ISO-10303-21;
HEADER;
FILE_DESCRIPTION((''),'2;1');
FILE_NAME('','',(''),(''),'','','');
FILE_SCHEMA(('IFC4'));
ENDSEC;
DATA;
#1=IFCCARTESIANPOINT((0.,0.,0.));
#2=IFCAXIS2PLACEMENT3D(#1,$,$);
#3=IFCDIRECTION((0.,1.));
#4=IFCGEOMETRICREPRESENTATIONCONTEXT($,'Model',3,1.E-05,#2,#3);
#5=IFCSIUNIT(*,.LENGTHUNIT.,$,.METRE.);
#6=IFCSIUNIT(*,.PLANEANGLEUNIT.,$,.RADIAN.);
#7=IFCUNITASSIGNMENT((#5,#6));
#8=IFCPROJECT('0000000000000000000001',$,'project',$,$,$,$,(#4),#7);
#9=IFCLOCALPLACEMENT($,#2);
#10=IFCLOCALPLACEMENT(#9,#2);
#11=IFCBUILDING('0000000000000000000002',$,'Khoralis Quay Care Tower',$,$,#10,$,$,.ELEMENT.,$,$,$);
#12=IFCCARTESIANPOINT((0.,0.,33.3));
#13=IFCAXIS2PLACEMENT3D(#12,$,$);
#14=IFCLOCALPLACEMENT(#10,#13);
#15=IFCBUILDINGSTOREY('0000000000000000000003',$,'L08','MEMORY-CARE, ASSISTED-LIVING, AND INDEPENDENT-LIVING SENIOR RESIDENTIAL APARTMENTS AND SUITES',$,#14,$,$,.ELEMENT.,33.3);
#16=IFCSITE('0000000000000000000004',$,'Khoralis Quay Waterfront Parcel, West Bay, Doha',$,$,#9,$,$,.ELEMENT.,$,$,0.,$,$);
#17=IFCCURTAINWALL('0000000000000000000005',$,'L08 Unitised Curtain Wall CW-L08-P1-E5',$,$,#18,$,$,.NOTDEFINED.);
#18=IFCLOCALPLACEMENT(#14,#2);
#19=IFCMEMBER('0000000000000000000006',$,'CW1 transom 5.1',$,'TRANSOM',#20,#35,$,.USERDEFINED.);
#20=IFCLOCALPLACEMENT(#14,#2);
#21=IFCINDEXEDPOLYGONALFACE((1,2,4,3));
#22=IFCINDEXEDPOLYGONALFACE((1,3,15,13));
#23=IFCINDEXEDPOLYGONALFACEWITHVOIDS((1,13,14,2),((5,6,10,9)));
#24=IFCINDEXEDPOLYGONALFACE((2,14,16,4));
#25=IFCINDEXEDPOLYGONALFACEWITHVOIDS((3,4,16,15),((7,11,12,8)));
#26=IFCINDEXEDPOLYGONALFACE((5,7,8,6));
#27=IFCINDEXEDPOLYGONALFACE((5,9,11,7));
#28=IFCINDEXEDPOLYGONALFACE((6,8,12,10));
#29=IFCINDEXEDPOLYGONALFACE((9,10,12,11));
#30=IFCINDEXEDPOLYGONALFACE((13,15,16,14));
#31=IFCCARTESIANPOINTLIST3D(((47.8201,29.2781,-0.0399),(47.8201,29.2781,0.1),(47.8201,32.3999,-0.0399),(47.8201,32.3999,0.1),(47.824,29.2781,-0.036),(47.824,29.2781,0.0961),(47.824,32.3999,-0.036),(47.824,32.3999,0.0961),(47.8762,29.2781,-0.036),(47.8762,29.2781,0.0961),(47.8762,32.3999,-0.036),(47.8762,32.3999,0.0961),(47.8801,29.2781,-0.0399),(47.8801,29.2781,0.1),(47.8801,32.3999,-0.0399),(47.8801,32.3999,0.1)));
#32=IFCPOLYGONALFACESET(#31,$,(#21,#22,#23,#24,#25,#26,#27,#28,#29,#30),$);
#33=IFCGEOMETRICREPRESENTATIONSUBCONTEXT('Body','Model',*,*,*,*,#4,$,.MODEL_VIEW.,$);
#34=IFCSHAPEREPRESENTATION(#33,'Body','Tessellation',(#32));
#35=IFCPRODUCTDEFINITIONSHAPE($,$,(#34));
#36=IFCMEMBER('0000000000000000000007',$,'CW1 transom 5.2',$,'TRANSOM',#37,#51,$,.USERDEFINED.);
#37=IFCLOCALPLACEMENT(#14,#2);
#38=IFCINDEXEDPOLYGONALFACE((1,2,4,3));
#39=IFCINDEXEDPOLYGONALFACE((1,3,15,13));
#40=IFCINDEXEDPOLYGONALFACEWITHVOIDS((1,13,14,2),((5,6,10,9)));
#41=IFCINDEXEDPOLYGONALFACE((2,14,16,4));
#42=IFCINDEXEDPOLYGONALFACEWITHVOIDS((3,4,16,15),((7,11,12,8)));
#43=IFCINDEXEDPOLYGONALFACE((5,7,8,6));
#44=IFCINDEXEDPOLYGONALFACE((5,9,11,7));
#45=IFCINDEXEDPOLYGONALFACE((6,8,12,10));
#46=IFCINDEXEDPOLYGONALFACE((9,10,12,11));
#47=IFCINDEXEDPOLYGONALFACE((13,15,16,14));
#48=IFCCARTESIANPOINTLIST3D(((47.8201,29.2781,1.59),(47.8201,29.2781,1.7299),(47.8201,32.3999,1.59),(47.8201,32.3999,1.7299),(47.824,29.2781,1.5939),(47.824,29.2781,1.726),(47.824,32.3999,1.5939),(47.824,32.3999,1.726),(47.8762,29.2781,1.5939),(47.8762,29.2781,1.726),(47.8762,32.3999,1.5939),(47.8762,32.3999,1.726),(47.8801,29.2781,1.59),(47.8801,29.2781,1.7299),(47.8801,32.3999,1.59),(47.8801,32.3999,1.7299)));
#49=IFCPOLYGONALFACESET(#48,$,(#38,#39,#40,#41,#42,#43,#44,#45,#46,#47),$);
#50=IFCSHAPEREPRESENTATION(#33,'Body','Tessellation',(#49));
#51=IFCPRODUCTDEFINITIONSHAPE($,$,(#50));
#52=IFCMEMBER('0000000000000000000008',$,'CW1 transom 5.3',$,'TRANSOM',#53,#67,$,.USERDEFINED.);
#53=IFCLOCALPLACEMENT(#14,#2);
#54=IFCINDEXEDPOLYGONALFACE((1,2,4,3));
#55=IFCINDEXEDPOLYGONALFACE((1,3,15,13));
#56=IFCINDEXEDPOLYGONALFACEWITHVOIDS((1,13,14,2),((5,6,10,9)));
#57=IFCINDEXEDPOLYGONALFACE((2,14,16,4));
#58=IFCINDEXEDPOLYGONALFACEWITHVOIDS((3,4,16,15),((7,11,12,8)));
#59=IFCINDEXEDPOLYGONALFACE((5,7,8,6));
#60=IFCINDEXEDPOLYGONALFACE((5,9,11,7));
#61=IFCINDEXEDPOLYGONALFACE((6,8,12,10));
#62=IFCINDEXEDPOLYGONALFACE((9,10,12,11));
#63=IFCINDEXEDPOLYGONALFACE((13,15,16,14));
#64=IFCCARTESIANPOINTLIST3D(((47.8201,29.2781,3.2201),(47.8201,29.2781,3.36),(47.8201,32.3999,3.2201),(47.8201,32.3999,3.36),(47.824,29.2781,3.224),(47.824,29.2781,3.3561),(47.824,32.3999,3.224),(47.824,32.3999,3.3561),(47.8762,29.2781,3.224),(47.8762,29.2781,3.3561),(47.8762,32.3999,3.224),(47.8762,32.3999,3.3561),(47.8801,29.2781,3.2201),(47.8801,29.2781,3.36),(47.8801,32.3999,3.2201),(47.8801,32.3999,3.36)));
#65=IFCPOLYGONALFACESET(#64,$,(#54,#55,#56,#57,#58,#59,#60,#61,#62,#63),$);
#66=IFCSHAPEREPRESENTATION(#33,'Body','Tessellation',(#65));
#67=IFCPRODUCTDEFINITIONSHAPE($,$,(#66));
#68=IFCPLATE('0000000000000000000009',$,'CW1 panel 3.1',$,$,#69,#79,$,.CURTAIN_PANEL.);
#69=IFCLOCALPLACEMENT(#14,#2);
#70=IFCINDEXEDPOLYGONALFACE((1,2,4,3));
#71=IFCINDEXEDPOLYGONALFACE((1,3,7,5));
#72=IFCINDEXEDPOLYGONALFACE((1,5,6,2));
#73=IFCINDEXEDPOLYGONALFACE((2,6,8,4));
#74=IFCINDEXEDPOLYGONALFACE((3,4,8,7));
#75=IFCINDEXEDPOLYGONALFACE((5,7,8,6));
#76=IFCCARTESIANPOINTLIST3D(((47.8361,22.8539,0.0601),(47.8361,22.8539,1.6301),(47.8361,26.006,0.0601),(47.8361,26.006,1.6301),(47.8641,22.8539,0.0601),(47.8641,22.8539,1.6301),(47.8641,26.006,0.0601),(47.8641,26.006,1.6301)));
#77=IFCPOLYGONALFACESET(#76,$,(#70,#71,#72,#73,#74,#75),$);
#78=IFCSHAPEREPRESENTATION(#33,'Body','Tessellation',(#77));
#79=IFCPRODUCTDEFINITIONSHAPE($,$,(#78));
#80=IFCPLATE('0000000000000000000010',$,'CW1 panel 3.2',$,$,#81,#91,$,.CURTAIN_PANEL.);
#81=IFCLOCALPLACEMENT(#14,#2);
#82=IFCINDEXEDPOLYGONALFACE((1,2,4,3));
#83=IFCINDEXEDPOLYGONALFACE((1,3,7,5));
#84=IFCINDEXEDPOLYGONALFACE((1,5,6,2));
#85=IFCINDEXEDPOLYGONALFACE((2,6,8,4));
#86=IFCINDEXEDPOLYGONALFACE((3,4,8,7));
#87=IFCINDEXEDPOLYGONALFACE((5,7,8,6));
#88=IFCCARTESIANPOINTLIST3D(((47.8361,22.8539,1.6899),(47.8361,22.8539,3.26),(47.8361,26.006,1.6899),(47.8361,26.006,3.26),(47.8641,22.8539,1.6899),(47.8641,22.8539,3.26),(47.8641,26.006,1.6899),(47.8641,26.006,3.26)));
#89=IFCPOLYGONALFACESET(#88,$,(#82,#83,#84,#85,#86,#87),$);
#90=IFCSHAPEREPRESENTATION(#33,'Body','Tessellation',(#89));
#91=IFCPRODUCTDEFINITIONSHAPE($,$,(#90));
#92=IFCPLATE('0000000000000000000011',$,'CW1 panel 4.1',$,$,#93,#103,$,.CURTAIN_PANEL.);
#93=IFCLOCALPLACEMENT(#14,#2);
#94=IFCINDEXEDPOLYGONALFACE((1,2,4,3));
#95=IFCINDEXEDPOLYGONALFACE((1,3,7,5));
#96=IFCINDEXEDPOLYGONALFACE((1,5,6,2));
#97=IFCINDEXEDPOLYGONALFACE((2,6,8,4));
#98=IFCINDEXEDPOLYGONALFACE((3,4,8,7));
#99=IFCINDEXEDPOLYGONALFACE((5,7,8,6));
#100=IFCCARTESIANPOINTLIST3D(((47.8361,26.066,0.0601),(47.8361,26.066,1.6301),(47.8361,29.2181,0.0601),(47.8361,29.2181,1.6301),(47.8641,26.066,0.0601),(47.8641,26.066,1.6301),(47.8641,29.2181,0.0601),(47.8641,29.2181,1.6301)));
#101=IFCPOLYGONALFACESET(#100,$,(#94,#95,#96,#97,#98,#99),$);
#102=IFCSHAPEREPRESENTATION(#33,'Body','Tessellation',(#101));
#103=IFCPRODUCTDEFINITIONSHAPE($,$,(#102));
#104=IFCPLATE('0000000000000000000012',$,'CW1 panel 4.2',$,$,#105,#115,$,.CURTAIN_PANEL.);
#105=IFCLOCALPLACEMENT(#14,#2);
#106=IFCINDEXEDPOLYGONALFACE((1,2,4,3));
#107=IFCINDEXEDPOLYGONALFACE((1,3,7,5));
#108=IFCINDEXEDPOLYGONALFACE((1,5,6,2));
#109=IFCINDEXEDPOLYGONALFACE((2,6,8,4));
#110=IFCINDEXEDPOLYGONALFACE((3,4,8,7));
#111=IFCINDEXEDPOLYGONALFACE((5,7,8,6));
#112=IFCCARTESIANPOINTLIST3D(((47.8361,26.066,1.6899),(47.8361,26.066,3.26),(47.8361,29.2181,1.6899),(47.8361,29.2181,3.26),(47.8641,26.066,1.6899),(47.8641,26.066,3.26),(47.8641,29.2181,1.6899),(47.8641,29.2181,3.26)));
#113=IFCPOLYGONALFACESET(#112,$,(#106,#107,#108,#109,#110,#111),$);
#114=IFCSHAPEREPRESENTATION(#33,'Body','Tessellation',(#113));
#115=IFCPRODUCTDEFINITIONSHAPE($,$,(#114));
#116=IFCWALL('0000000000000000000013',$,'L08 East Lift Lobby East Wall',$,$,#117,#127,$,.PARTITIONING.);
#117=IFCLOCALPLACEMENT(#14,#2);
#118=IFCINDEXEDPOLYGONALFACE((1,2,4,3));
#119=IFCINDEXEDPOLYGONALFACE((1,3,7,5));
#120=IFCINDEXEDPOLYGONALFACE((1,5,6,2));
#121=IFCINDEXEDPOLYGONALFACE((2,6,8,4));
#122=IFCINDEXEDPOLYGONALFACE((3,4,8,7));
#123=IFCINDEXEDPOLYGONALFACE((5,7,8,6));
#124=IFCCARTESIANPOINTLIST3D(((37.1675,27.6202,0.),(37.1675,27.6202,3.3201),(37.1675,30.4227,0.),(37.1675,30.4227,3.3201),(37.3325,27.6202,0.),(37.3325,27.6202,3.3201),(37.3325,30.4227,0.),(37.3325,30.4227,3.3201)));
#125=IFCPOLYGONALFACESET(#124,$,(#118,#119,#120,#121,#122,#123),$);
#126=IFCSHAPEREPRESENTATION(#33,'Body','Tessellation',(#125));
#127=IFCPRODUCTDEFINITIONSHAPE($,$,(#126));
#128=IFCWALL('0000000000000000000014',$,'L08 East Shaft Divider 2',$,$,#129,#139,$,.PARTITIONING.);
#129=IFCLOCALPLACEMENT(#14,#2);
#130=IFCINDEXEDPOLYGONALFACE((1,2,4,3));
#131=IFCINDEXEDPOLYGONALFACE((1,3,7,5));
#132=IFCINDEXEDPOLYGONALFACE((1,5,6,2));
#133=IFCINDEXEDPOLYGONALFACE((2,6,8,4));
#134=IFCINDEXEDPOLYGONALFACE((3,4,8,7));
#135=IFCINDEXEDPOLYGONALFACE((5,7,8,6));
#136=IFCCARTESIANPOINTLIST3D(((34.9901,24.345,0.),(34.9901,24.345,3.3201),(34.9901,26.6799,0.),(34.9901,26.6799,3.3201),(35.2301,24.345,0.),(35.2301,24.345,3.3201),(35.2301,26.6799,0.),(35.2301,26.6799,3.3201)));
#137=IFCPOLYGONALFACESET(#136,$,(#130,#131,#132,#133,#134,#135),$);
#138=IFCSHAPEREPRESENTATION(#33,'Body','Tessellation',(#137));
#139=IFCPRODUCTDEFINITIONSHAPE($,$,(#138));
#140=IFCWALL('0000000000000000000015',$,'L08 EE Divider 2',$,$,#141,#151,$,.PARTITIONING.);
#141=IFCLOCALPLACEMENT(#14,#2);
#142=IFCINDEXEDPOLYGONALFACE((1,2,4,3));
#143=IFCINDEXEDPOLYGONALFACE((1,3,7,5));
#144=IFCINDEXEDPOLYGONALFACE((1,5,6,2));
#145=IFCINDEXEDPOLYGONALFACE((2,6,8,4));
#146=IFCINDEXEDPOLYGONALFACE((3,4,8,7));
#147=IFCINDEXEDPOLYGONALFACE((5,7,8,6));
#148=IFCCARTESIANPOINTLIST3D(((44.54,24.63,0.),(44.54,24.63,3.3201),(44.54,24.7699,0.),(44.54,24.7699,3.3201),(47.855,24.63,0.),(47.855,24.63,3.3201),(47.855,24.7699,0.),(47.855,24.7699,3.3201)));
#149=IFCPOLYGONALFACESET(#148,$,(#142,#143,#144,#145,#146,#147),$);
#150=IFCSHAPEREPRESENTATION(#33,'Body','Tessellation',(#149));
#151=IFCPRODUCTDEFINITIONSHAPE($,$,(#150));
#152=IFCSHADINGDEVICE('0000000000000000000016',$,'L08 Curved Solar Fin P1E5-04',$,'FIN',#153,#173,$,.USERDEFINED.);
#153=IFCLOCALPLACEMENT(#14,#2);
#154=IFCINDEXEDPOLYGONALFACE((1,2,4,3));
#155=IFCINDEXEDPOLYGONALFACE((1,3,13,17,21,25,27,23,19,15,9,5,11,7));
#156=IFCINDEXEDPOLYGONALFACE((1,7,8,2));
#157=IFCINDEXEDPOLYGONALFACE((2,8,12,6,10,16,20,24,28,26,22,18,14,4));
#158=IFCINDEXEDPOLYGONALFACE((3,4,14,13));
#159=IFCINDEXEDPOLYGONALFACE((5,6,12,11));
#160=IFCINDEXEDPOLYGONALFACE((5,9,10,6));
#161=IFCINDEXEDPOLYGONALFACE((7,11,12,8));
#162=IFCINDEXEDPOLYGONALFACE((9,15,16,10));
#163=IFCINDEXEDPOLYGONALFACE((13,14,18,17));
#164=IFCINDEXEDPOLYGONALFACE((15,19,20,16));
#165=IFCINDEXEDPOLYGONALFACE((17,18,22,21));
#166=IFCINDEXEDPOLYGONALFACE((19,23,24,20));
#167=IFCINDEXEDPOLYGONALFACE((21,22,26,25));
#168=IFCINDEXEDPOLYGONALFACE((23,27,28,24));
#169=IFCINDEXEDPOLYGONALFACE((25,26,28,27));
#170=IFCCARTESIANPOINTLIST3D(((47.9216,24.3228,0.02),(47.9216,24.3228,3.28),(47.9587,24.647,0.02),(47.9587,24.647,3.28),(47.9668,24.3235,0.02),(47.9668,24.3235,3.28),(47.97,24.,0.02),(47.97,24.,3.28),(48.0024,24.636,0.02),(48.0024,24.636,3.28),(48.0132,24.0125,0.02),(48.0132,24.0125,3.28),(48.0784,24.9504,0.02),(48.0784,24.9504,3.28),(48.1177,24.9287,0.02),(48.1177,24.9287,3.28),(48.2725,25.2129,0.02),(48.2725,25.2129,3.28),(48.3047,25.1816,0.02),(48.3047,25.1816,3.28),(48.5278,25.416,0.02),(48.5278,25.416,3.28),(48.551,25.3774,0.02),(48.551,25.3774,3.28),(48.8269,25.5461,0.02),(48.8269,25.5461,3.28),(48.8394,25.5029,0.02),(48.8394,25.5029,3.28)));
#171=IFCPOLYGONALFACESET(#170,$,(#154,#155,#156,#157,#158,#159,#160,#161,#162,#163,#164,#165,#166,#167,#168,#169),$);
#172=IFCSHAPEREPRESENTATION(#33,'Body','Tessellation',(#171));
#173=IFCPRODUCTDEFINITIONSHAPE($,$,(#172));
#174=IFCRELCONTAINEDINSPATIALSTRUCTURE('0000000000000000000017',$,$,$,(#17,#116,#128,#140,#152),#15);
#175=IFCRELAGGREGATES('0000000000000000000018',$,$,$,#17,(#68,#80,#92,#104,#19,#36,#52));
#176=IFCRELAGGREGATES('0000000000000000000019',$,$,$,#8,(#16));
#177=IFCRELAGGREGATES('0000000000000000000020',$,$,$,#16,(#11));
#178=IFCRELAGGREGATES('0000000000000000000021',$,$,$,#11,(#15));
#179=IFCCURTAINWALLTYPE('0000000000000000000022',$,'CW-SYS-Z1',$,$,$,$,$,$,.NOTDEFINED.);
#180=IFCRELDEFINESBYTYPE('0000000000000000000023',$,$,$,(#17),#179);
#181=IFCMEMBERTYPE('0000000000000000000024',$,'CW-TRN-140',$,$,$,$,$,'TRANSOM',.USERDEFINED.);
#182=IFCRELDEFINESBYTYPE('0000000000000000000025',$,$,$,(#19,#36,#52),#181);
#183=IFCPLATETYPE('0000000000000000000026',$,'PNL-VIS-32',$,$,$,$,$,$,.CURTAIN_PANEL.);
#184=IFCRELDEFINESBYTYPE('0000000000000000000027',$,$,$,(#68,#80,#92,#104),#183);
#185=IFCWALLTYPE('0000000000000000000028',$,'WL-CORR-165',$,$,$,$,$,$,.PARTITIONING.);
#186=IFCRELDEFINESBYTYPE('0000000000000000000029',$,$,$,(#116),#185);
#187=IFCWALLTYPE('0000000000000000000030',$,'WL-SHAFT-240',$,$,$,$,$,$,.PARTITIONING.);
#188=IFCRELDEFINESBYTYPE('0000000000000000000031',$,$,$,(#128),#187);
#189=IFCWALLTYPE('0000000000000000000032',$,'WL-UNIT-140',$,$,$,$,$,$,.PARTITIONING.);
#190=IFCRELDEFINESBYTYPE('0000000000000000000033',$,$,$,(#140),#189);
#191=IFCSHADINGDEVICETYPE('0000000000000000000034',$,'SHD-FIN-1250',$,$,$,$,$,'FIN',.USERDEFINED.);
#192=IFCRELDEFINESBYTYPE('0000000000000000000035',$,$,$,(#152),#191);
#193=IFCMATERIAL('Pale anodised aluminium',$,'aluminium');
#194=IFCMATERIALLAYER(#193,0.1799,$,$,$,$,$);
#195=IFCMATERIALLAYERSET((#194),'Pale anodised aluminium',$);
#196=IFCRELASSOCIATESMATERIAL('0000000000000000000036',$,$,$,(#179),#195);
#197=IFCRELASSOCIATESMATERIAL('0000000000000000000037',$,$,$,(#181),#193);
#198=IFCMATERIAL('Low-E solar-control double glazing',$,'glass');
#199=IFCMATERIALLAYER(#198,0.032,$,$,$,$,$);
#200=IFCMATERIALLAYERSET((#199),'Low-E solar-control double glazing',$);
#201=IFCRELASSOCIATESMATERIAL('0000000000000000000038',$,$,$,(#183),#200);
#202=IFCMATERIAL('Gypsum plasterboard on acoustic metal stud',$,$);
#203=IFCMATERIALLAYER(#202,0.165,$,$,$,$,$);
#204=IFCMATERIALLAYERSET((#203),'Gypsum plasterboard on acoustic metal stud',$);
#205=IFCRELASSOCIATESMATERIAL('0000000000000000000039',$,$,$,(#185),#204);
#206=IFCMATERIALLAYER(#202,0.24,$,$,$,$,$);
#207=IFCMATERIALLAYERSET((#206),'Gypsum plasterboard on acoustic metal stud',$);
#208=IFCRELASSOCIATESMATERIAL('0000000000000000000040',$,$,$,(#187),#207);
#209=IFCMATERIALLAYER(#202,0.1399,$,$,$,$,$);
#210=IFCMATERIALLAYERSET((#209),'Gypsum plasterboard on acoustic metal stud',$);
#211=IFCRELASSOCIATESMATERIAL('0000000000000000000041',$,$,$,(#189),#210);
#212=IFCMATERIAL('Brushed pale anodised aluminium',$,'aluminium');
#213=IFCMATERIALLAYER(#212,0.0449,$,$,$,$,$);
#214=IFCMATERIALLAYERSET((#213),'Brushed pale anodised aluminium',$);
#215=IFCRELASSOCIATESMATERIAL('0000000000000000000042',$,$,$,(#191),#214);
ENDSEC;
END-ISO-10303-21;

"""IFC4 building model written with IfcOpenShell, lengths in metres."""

from ifc_helpers import new_model, si_unit, direction, frame, frame_2d, origin, origin_2d, place, context, subcontext, project, spatial, polyline, rectangle, hollow_rectangle, outline, extrude, source, transform, mapped, material, layer, layer_set, material_profile, profile_set, type_object, element, aggregate, save


model = new_model("IFC4")

# Units and contexts
model_context = context("Model", 3, precision=1e-05, world=origin(), true_north=direction((0.0, 1.0)))
body_context = subcontext(model_context, "Body", "Model", "MODEL_VIEW")
ifc_project = project(units=[si_unit("LENGTHUNIT", "METRE"), si_unit("PLANEANGLEUNIT", "RADIAN")], contexts=[model_context])

# Site, building, storey
site_placement = place(None, origin())
site = spatial("IfcSite", under=ifc_project, at=site_placement, Name="Khoralis Quay Waterfront Parcel, West Bay, Doha", CompositionType="ELEMENT", RefElevation=0.0)
building_placement = place(site_placement, origin())
building = spatial("IfcBuilding", under=site, at=building_placement, Name="Khoralis Quay Care Tower", CompositionType="ELEMENT")
storey_placement = place(building_placement, frame((0.0, 0.0, 33.3)))
storey = spatial("IfcBuildingStorey", under=building, at=storey_placement, Name="L08", Description="MEMORY-CARE, ASSISTED-LIVING, AND INDEPENDENT-LIVING SENIOR RESIDENTIAL APARTMENTS AND SUITES", CompositionType="ELEMENT", Elevation=33.3)

# Curtain wall, members, plates
ifc_material_1 = material(Name="Pale anodised aluminium", Category="aluminium")
ifc_layer_1 = layer(ifc_material_1, 0.1799)
ifc_layer_set_1 = layer_set([ifc_layer_1], Name="Pale anodised aluminium")
curtain_wall_type = type_object("IfcCurtainWallType", Name="CW-SYS-Z1", PredefinedType="NOTDEFINED", material=ifc_layer_set_1)
curtain_wall_placement = place(storey_placement, origin())
curtain_wall = element("IfcCurtainWall", 1, at=curtain_wall_placement, inside=storey, type_object=curtain_wall_type, Name="L08 Unitised Curtain Wall CW-L08-P1-E5", PredefinedType="NOTDEFINED")
ifc_material_profile_1 = material_profile(ifc_material_1, hollow_rectangle(XDim=0.0601, YDim=0.1399, WallThickness=0.0039, at=origin_2d()), Name="Pale anodised aluminium")
ifc_profile_set_1 = profile_set([ifc_material_profile_1], Name="Pale anodised aluminium")
member_type_1 = type_object("IfcMemberType", Name="CW-TRN-140", ElementType="TRANSOM", PredefinedType="USERDEFINED", material=ifc_profile_set_1)
shared_shape_1 = source(origin(), body_context, "Body", "SweptSolid", [
    extrude(hollow_rectangle(XDim=0.0601, YDim=0.1399, WallThickness=0.0039, at=origin_2d()), origin(), (0.0, 0.0, 1.0), 3.1218),
])
member_1_placement = place(storey_placement, frame((47.8501, 29.2781, 0.03), z_axis=(0.0, 1.0, 0.0), x_axis=(-1.0, 0.0, 0.0)))
member_1 = element("IfcMember", 2, at=member_1_placement, type_object=member_type_1, Name="CW1 transom 5.1", ObjectType="TRANSOM", PredefinedType="USERDEFINED", context=body_context, shape_type="MappedRepresentation", body=[
    mapped(shared_shape_1, transform((0.0, 0.0, 0.0), scale=1.0)),
])
member_2_placement = place(storey_placement, frame((47.8501, 29.2781, 1.6599), z_axis=(0.0, 1.0, 0.0), x_axis=(-1.0, 0.0, 0.0)))
member_2 = element("IfcMember", 3, at=member_2_placement, type_object=member_type_1, Name="CW1 transom 5.2", ObjectType="TRANSOM", PredefinedType="USERDEFINED", context=body_context, shape_type="MappedRepresentation", body=[
    mapped(shared_shape_1, transform((0.0, 0.0, 0.0), scale=1.0)),
])
member_3_placement = place(storey_placement, frame((47.8501, 29.2781, 3.29), z_axis=(0.0, 1.0, 0.0), x_axis=(-1.0, 0.0, 0.0)))
member_3 = element("IfcMember", 4, at=member_3_placement, type_object=member_type_1, Name="CW1 transom 5.3", ObjectType="TRANSOM", PredefinedType="USERDEFINED", context=body_context, shape_type="MappedRepresentation", body=[
    mapped(shared_shape_1, transform((0.0, 0.0, 0.0), scale=1.0)),
])
ifc_material_2 = material(Name="Low-E solar-control double glazing", Category="glass")
ifc_layer_2 = layer(ifc_material_2, 0.032)
ifc_layer_set_2 = layer_set([ifc_layer_2], Name="Low-E solar-control double glazing")
plate_type = type_object("IfcPlateType", Name="PNL-VIS-32", PredefinedType="CURTAIN_PANEL", material=ifc_layer_set_2)
shared_shape_2 = source(origin(), body_context, "Body", "SweptSolid", [
    extrude(rectangle(XDim=3.1521, YDim=0.0281, at=origin_2d()), origin(), (0.0, 0.0, 1.0), 1.5701),
])
plate_1_placement = place(storey_placement, frame((47.8501, 24.4299, 0.0601), z_axis=(0.0, 0.0, 1.0), x_axis=(0.0, 1.0, 0.0)))
plate_1 = element("IfcPlate", 5, at=plate_1_placement, type_object=plate_type, Name="CW1 panel 3.1", PredefinedType="CURTAIN_PANEL", context=body_context, shape_type="MappedRepresentation", body=[
    mapped(shared_shape_2, transform((0.0, 0.0, 0.0), scale=1.0)),
])
plate_2_placement = place(storey_placement, frame((47.8501, 24.4299, 1.6899), z_axis=(0.0, 0.0, 1.0), x_axis=(0.0, 1.0, 0.0)))
plate_2 = element("IfcPlate", 6, at=plate_2_placement, type_object=plate_type, Name="CW1 panel 3.2", PredefinedType="CURTAIN_PANEL", context=body_context, shape_type="MappedRepresentation", body=[
    mapped(shared_shape_2, transform((0.0, 0.0, 0.0), scale=1.0)),
])
plate_3_placement = place(storey_placement, frame((47.8501, 27.6421, 0.0601), z_axis=(0.0, 0.0, 1.0), x_axis=(0.0, 1.0, 0.0)))
plate_3 = element("IfcPlate", 7, at=plate_3_placement, type_object=plate_type, Name="CW1 panel 4.1", PredefinedType="CURTAIN_PANEL", context=body_context, shape_type="MappedRepresentation", body=[
    mapped(shared_shape_2, transform((0.0, 0.0, 0.0), scale=1.0)),
])
plate_4_placement = place(storey_placement, frame((47.8501, 27.6421, 1.6899), z_axis=(0.0, 0.0, 1.0), x_axis=(0.0, 1.0, 0.0)))
plate_4 = element("IfcPlate", 8, at=plate_4_placement, type_object=plate_type, Name="CW1 panel 4.2", PredefinedType="CURTAIN_PANEL", context=body_context, shape_type="MappedRepresentation", body=[
    mapped(shared_shape_2, transform((0.0, 0.0, 0.0), scale=1.0)),
])
aggregate(curtain_wall, [plate_1, plate_2, plate_3, plate_4, member_1, member_2, member_3])

# Walls
ifc_material_3 = material(Name="Gypsum plasterboard on acoustic metal stud")
ifc_layer_3 = layer(ifc_material_3, 0.165)
ifc_layer_set_3 = layer_set([ifc_layer_3], Name="Gypsum plasterboard on acoustic metal stud")
wall_type_1 = type_object("IfcWallType", Name="WL-CORR-165", PredefinedType="PARTITIONING", material=ifc_layer_set_3)
wall_1_placement = place(storey_placement, frame((37.25, 27.6201, 0.0), z_axis=(0.0, 0.0, 1.0), x_axis=(0.0, 1.0, 0.0)))
element("IfcWall", 9, at=wall_1_placement, inside=storey, type_object=wall_type_1, Name="L08 East Lift Lobby East Wall", PredefinedType="PARTITIONING", context=body_context, shape_type="SweptSolid", body=[
    extrude(rectangle(XDim=2.8025, YDim=0.165, at=frame_2d((1.4014, 0.0))), origin(), (0.0, 0.0, 1.0), 3.3201),
])
ifc_layer_4 = layer(ifc_material_3, 0.24)
ifc_layer_set_4 = layer_set([ifc_layer_4], Name="Gypsum plasterboard on acoustic metal stud")
wall_type_2 = type_object("IfcWallType", Name="WL-SHAFT-240", PredefinedType="PARTITIONING", material=ifc_layer_set_4)
wall_2_placement = place(storey_placement, frame((35.1101, 24.345, 0.0), z_axis=(0.0, 0.0, 1.0), x_axis=(0.0, 1.0, 0.0)))
element("IfcWall", 10, at=wall_2_placement, inside=storey, type_object=wall_type_2, Name="L08 East Shaft Divider 2", PredefinedType="PARTITIONING", context=body_context, shape_type="SweptSolid", body=[
    extrude(rectangle(XDim=2.335, YDim=0.24, at=frame_2d((1.1675, 0.0))), origin(), (0.0, 0.0, 1.0), 3.3201),
])
ifc_layer_5 = layer(ifc_material_3, 0.1399)
ifc_layer_set_5 = layer_set([ifc_layer_5], Name="Gypsum plasterboard on acoustic metal stud")
wall_type_3 = type_object("IfcWallType", Name="WL-UNIT-140", PredefinedType="PARTITIONING", material=ifc_layer_set_5)
wall_3_placement = place(storey_placement, frame((44.54, 24.7, 0.0), z_axis=(0.0, 0.0, 1.0), x_axis=(1.0, 0.0, 0.0)))
element("IfcWall", 11, at=wall_3_placement, inside=storey, type_object=wall_type_3, Name="L08 EE Divider 2", PredefinedType="PARTITIONING", context=body_context, shape_type="SweptSolid", body=[
    extrude(rectangle(XDim=3.3149, YDim=0.1399, at=frame_2d((1.6575, 0.0))), origin(), (0.0, 0.0, 1.0), 3.3201),
])

# Shading device
ifc_material_4 = material(Name="Brushed pale anodised aluminium", Category="aluminium")
ifc_layer_6 = layer(ifc_material_4, 0.0449)
ifc_layer_set_6 = layer_set([ifc_layer_6], Name="Brushed pale anodised aluminium")
shading_device_type = type_object("IfcShadingDeviceType", Name="SHD-FIN-1250", ElementType="FIN", PredefinedType="USERDEFINED", material=ifc_layer_set_6)
shared_shape_3 = source(origin(), body_context, "Body", "SweptSolid", [
    extrude(outline(polyline([(0.0, 0.0), (-0.0483, 0.3228), (-0.0112, 0.647), (0.1084, 0.9504), (0.3025, 1.2129), (0.5579, 1.416), (0.8569, 1.5461), (0.8694, 1.5029), (0.5811, 1.3774), (0.3347, 1.1816), (0.1477, 0.9287), (0.0325, 0.636), (-0.0032, 0.3235), (0.0432, 0.0125), (0.0, 0.0)])), origin(), (0.0, 0.0, 1.0), 3.26),
])
for number, where, z_axis, x_axis, name in (
    (12, (47.97, 24.0, 0.02), (0.0, 0.0, 1.0), (1.0, 0.0, 0.0), "L08 Curved Solar Fin P1E5-04"),
):
    element("IfcShadingDevice", number, at=place(storey_placement, frame(where, z_axis=z_axis, x_axis=x_axis)), inside=storey, type_object=shading_device_type, Name=name, ObjectType="FIN", PredefinedType="USERDEFINED", context=body_context, shape_type="MappedRepresentation", body=[
        mapped(shared_shape_3, transform((0.0, 0.0, 0.0), scale=1.0)),
    ])

save(model, "model.ifc")
